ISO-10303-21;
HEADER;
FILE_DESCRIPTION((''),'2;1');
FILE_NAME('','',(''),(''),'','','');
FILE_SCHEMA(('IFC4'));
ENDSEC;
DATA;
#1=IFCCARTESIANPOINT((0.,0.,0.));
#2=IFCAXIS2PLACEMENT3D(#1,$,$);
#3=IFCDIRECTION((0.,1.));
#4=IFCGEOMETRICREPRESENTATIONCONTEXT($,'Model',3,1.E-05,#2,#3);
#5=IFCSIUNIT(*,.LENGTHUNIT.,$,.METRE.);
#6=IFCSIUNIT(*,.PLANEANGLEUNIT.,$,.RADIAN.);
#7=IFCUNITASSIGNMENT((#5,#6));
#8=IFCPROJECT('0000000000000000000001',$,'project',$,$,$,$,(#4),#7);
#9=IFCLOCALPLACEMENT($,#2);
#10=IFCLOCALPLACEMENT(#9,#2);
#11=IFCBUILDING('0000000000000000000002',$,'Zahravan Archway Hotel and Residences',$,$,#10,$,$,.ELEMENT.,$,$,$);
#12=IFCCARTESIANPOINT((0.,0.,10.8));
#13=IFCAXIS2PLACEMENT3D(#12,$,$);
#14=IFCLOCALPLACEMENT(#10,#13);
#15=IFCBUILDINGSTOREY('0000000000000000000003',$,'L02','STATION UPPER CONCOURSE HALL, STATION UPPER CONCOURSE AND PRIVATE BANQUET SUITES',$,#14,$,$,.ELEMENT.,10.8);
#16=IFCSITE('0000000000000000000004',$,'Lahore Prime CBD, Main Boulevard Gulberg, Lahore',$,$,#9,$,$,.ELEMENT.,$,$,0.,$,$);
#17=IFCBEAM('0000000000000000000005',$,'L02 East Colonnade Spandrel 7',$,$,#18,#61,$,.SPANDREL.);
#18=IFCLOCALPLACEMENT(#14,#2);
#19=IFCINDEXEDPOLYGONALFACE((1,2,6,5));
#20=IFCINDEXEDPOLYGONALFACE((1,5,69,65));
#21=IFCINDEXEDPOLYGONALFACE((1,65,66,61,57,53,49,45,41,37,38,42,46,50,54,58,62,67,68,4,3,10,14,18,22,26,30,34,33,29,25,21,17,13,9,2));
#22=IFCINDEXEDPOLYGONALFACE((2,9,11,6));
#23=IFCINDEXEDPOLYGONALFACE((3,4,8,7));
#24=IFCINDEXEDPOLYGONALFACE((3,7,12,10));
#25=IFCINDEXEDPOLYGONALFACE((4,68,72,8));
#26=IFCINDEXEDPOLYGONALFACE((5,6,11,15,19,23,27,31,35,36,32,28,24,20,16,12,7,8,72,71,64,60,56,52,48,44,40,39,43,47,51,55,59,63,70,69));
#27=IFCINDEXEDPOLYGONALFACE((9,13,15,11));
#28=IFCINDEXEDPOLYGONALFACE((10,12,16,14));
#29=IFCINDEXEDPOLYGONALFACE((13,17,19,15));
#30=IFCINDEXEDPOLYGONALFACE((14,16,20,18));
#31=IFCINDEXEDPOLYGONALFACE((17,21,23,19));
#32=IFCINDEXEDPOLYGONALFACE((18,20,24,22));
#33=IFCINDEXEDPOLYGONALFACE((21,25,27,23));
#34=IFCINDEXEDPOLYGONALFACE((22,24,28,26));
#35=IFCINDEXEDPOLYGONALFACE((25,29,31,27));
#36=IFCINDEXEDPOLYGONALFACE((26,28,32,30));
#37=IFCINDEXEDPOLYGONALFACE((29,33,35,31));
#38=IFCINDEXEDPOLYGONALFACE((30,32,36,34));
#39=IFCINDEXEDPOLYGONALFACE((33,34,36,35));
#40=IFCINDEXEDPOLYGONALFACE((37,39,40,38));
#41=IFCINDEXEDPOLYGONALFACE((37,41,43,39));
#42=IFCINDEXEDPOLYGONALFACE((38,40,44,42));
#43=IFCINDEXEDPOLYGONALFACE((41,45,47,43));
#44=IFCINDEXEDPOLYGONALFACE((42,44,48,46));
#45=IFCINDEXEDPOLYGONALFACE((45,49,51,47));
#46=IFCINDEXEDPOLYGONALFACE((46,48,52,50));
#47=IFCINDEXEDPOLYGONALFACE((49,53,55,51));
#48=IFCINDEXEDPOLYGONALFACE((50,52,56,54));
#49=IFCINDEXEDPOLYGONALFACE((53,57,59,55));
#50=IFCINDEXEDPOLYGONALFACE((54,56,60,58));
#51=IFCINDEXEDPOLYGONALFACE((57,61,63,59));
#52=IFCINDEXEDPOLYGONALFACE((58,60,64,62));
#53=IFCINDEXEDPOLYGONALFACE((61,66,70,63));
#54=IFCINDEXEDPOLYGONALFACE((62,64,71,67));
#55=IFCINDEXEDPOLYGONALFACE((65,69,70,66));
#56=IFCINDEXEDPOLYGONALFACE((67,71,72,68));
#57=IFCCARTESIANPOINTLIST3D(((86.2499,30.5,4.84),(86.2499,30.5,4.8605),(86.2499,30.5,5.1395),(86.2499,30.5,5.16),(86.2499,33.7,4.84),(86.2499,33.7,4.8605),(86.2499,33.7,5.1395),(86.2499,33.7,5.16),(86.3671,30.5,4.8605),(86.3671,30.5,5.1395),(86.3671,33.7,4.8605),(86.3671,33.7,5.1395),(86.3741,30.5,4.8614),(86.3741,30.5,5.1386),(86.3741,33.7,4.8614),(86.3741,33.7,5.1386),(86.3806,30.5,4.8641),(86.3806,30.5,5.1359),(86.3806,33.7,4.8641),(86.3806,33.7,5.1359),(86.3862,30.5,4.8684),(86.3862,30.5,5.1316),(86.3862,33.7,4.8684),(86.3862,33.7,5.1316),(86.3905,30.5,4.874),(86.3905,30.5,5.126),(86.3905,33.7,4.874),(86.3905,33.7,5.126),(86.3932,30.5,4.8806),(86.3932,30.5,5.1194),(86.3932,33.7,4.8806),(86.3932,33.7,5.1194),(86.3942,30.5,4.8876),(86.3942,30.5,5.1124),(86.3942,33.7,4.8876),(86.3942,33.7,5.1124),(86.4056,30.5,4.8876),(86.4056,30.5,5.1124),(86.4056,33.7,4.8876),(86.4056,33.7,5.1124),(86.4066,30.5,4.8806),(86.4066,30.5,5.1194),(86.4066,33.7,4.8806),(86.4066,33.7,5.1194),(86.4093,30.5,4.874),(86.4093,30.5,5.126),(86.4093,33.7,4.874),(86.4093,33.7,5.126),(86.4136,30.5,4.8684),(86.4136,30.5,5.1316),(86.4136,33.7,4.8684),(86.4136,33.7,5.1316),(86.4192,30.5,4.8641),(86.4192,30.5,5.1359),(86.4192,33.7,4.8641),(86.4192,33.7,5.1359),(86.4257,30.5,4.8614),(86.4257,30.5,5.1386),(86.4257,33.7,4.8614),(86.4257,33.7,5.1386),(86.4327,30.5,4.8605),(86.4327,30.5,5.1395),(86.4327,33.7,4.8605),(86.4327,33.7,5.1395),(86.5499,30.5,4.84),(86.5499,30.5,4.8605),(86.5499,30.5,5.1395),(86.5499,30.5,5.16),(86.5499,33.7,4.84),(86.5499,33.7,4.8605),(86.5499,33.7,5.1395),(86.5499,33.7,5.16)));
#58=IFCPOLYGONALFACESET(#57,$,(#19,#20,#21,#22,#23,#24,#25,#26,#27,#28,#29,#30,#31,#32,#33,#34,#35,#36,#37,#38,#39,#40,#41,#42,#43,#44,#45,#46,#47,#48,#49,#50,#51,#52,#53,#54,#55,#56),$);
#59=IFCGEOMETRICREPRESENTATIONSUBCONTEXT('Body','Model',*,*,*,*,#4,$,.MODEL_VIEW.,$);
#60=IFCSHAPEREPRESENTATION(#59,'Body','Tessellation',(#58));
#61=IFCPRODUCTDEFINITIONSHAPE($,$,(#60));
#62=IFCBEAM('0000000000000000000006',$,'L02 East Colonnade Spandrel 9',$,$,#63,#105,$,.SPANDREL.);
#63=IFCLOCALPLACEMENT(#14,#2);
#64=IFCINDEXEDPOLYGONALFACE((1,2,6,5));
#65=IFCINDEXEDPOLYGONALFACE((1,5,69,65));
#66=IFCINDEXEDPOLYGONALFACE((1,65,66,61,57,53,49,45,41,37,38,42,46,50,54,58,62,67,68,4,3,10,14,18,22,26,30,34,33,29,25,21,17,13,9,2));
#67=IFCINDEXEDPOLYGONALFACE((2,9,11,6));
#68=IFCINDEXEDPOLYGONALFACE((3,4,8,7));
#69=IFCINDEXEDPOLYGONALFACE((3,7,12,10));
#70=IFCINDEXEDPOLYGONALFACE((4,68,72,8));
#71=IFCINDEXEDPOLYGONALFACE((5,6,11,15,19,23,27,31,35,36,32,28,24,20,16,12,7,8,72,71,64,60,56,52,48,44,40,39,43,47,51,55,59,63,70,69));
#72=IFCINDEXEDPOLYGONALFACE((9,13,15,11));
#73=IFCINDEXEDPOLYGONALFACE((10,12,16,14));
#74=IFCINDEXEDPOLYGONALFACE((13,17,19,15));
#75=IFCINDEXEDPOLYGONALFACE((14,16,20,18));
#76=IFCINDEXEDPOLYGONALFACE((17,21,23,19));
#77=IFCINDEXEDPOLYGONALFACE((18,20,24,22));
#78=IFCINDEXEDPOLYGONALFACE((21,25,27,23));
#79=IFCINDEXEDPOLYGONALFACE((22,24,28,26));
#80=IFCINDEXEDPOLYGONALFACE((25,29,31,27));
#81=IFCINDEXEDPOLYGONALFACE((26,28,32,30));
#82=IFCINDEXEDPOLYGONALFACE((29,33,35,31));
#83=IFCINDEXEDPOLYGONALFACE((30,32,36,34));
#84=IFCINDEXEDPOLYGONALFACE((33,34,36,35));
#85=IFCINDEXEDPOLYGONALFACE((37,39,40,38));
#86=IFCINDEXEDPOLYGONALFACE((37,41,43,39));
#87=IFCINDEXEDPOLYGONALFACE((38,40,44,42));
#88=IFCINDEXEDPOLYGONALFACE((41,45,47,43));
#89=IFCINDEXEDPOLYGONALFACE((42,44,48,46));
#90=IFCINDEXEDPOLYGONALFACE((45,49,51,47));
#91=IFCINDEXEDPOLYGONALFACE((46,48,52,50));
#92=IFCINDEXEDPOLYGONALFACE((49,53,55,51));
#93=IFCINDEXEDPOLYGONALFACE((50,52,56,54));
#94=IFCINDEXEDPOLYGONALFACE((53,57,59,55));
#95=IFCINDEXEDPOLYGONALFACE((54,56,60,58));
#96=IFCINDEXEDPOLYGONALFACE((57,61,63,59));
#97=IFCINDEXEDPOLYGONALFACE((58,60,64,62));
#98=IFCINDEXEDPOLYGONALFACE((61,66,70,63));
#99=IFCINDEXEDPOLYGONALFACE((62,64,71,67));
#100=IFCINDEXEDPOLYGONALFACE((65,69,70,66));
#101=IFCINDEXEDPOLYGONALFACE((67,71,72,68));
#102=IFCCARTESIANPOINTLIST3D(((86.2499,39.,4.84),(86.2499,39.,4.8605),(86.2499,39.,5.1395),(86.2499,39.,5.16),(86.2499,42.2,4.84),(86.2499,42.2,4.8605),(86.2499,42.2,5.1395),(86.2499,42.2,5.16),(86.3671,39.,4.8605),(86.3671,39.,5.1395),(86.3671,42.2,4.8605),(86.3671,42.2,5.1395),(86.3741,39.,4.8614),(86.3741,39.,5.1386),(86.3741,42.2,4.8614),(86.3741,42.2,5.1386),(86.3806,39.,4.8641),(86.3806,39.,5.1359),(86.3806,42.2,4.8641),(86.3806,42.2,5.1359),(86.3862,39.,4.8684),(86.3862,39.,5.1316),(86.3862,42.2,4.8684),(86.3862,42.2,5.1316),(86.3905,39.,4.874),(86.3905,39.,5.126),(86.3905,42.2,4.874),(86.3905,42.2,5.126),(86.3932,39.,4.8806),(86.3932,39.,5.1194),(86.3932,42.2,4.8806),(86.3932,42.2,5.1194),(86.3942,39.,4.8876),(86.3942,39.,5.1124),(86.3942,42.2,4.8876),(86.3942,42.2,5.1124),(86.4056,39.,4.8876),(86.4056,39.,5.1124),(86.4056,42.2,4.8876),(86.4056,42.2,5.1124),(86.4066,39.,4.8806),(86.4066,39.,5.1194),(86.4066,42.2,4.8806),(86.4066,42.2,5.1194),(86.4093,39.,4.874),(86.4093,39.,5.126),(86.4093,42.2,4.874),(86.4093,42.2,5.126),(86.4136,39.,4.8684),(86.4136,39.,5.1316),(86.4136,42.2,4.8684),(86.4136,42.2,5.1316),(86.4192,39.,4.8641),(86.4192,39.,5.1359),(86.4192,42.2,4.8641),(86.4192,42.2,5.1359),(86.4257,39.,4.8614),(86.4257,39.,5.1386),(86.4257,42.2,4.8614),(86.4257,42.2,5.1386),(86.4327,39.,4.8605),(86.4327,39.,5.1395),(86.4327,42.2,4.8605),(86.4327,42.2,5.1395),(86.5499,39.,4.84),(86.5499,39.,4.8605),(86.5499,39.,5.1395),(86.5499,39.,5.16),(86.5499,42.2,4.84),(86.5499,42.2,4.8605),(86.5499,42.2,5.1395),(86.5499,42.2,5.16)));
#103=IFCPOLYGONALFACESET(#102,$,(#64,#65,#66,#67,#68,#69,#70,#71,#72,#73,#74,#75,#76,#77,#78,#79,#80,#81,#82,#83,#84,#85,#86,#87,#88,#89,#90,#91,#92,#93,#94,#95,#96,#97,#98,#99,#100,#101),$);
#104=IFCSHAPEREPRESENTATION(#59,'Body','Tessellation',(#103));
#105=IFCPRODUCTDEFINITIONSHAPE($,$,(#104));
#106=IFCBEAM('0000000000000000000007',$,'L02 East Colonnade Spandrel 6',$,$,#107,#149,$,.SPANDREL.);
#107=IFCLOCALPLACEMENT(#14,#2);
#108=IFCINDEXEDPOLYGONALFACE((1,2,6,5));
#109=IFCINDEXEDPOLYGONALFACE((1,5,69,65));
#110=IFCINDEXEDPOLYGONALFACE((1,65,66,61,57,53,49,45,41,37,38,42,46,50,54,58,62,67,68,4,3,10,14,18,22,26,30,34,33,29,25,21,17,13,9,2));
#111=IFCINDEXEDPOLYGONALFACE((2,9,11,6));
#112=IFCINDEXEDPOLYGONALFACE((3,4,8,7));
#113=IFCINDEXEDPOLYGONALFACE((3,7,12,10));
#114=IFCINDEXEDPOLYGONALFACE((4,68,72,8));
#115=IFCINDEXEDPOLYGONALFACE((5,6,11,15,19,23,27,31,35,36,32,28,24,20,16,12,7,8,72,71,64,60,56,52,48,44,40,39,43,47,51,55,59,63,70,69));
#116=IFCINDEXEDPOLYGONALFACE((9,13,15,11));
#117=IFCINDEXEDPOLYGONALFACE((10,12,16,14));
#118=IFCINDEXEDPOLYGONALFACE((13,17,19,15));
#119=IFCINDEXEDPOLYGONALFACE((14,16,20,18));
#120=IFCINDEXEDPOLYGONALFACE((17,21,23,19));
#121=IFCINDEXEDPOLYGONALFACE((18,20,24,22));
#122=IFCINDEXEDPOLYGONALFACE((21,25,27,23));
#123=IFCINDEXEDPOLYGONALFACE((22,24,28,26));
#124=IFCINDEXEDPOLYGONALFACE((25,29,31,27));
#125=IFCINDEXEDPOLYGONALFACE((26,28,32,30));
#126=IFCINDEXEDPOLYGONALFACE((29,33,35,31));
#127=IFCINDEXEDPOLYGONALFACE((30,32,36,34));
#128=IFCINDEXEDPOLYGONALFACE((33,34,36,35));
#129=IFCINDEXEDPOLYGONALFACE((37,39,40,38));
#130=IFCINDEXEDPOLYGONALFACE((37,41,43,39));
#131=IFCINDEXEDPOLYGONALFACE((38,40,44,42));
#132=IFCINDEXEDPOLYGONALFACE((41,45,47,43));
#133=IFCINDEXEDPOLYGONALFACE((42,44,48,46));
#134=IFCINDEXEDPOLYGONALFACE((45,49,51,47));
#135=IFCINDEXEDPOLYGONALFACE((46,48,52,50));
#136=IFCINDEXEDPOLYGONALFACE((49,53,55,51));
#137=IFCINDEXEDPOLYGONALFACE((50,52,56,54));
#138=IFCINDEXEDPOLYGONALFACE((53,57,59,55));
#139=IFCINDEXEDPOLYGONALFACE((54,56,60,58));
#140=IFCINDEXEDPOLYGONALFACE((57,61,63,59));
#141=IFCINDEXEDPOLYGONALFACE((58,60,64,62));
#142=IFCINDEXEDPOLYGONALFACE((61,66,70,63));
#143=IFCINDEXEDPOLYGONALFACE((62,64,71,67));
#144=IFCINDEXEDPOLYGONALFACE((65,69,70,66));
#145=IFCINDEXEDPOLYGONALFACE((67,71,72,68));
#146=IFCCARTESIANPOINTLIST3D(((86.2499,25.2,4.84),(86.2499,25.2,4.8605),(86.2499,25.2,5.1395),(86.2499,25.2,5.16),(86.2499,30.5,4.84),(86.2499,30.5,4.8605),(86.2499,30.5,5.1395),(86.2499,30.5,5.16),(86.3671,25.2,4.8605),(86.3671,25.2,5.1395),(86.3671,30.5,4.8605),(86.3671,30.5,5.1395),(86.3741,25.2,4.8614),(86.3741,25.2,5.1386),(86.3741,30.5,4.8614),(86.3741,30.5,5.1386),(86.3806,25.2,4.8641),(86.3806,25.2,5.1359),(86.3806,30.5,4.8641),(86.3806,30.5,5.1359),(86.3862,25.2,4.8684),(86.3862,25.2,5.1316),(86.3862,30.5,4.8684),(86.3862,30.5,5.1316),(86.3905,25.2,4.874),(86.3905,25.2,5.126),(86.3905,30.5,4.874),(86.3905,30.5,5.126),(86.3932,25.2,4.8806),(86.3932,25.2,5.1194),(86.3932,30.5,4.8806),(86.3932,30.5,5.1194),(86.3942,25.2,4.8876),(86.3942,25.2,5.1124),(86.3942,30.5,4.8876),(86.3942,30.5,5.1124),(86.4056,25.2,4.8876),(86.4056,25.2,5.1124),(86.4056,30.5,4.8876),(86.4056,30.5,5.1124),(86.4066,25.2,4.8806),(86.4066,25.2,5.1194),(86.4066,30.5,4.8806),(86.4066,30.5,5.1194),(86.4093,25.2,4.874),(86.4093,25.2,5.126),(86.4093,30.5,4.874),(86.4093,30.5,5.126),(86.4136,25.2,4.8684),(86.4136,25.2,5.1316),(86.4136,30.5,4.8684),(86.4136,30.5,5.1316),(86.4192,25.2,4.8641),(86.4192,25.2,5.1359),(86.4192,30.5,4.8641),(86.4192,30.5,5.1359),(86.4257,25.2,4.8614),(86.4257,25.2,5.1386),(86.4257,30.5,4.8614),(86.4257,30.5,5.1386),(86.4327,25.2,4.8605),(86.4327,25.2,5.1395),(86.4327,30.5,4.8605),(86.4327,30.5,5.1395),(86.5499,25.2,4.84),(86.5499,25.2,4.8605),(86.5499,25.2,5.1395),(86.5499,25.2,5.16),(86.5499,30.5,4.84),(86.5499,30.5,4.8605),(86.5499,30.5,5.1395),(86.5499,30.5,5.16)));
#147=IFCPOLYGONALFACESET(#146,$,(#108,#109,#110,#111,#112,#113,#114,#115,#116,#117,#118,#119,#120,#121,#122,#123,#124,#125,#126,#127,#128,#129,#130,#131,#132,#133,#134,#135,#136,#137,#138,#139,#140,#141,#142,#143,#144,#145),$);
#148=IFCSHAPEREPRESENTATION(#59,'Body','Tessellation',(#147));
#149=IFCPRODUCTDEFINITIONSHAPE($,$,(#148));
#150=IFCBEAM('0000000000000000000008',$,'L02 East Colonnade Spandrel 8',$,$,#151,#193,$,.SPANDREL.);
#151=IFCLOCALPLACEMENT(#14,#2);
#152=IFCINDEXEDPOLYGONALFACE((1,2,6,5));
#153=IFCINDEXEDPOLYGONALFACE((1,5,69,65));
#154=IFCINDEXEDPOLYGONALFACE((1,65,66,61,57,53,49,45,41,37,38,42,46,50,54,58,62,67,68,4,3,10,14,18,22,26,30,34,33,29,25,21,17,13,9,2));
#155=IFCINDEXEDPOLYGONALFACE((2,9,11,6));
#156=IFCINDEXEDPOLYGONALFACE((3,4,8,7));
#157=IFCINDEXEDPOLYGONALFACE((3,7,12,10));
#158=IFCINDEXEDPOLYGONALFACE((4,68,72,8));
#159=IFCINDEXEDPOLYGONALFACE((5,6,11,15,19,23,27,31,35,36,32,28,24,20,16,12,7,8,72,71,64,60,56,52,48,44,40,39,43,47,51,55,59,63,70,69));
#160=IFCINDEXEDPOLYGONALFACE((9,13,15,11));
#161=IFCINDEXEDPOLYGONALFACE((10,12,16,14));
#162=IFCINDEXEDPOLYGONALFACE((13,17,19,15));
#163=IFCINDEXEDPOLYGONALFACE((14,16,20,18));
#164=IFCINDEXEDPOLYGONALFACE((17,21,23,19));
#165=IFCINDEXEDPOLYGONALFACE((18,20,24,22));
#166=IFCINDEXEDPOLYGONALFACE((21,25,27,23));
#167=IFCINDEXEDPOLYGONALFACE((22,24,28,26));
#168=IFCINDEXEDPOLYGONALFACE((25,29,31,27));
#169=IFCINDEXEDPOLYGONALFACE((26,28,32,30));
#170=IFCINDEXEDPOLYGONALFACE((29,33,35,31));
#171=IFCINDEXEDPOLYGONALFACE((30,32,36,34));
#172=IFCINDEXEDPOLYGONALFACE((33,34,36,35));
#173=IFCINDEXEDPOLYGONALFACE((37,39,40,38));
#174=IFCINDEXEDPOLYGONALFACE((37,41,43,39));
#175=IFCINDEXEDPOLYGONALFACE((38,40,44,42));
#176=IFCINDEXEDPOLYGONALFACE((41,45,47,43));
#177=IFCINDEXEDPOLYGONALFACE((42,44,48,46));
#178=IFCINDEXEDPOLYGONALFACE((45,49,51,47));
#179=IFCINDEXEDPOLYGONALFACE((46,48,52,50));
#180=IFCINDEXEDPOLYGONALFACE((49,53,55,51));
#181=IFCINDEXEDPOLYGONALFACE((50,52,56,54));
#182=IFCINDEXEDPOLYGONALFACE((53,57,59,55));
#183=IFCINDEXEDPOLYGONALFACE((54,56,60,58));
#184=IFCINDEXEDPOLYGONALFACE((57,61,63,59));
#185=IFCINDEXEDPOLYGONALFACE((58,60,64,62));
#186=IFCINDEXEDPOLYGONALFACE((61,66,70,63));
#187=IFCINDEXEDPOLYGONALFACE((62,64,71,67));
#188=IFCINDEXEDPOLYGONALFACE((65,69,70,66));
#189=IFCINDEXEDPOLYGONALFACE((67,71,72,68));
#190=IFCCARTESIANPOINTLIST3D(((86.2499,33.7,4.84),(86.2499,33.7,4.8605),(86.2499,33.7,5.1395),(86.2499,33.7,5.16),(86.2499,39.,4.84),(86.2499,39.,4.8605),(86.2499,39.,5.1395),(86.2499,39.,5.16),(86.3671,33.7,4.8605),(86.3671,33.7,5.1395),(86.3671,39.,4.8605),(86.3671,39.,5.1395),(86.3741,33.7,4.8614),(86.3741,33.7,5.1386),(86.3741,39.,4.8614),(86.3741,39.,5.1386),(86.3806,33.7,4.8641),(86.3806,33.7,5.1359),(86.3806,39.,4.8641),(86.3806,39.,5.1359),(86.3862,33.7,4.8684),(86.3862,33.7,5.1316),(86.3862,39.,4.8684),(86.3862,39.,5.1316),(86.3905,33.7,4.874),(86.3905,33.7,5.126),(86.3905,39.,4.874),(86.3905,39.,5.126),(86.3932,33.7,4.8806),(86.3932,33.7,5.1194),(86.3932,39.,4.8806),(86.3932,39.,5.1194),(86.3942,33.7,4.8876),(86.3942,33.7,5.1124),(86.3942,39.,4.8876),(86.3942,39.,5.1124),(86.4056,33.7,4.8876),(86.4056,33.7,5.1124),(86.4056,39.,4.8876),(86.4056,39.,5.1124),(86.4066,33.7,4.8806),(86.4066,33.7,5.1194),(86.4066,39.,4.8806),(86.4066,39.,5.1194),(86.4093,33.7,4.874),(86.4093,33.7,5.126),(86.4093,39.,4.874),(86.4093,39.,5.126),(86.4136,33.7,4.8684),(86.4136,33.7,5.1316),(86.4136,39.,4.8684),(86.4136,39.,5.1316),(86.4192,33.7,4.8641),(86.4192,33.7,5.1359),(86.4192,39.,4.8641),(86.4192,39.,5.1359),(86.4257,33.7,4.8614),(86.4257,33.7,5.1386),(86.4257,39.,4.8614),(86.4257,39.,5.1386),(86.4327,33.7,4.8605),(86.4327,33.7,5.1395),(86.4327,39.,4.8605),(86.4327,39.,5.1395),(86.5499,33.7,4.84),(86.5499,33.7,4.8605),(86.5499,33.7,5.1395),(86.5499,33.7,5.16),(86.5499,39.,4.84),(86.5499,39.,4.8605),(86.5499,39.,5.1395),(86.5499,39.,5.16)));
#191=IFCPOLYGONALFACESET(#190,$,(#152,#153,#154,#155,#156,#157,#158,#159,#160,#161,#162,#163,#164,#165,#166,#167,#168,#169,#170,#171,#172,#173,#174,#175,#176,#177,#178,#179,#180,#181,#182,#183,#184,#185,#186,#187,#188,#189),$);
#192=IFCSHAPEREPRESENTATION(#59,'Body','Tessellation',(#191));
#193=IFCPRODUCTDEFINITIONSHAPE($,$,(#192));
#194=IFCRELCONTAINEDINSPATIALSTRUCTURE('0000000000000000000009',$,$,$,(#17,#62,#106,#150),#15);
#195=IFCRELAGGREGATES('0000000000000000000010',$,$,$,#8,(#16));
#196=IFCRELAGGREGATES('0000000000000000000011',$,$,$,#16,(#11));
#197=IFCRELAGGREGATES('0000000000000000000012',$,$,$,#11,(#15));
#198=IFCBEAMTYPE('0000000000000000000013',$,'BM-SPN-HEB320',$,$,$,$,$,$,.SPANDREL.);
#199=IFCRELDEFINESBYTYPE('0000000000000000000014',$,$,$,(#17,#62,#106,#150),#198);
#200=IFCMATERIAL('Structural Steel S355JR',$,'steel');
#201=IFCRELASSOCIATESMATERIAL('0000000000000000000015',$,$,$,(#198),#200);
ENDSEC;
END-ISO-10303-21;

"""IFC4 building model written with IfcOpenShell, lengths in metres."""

from ifc_helpers import new_model, si_unit, direction, frame, origin, origin_2d, place, context, subcontext, project, spatial, i_section, extrude, source, transform, mapped, material, material_profile, profile_set, type_object, element, save


model = new_model("IFC4")

# Units and contexts
model_context = context("Model", 3, precision=1e-05, world=origin(), true_north=direction((0.0, 1.0)))
body_context = subcontext(model_context, "Body", "Model", "MODEL_VIEW")
ifc_project = project(units=[si_unit("LENGTHUNIT", "METRE"), si_unit("PLANEANGLEUNIT", "RADIAN")], contexts=[model_context])

# Site, building, storey
site_placement = place(None, origin())
site = spatial("IfcSite", under=ifc_project, at=site_placement, Name="Lahore Prime CBD, Main Boulevard Gulberg, Lahore", CompositionType="ELEMENT", RefElevation=0.0)
building_placement = place(site_placement, origin())
building = spatial("IfcBuilding", under=site, at=building_placement, Name="Zahravan Archway Hotel and Residences", CompositionType="ELEMENT")
storey_placement = place(building_placement, frame((0.0, 0.0, 10.8)))
storey = spatial("IfcBuildingStorey", under=building, at=storey_placement, Name="L02", Description="STATION UPPER CONCOURSE HALL, STATION UPPER CONCOURSE AND PRIVATE BANQUET SUITES", CompositionType="ELEMENT", Elevation=10.8)

# Beams
ifc_material_1 = material(Name="Structural Steel S355JR", Category="steel")
ifc_material_profile_1 = material_profile(ifc_material_1, i_section(OverallWidth=0.3, OverallDepth=0.3201, WebThickness=0.0115, FlangeThickness=0.0205, FilletRadius=0.0271, at=origin_2d()), Name="HEB 320", Category="steel")
ifc_profile_set_1 = profile_set([ifc_material_profile_1], Name="Structural Steel S355JR")
beam_type_1 = type_object("IfcBeamType", Name="BM-SPN-HEB320", PredefinedType="SPANDREL", material=ifc_profile_set_1)
shared_shape_1 = source(origin(), body_context, "Body", "SweptSolid", [
    extrude(i_section(OverallWidth=0.3, OverallDepth=0.3201, WebThickness=0.0115, FlangeThickness=0.0205, FilletRadius=0.0271, at=origin_2d()), origin(), (0.0, 0.0, 1.0), 3.2),
])
for number, where, z_axis, x_axis, name in (
    (1, (86.3999, 30.5, 5.0), (0.0, 1.0, 0.0), (-1.0, 0.0, 0.0), "L02 East Colonnade Spandrel 7"),
    (2, (86.3999, 39.0, 5.0), (0.0, 1.0, 0.0), (-1.0, 0.0, 0.0), "L02 East Colonnade Spandrel 9"),
):
    element("IfcBeam", number, at=place(storey_placement, frame(where, z_axis=z_axis, x_axis=x_axis)), inside=storey, type_object=beam_type_1, Name=name, PredefinedType="SPANDREL", context=body_context, shape_type="MappedRepresentation", body=[
        mapped(shared_shape_1, transform((0.0, 0.0, 0.0), scale=1.0)),
    ])
shared_shape_2 = source(origin(), body_context, "Body", "SweptSolid", [
    extrude(i_section(OverallWidth=0.3, OverallDepth=0.3201, WebThickness=0.0115, FlangeThickness=0.0205, FilletRadius=0.0271, at=origin_2d()), origin(), (0.0, 0.0, 1.0), 5.3),
])
for number, where, z_axis, x_axis, name in (
    (3, (86.3999, 25.2, 5.0), (0.0, 1.0, 0.0), (-1.0, 0.0, 0.0), "L02 East Colonnade Spandrel 6"),
    (4, (86.3999, 33.7, 5.0), (0.0, 1.0, 0.0), (-1.0, 0.0, 0.0), "L02 East Colonnade Spandrel 8"),
):
    element("IfcBeam", number, at=place(storey_placement, frame(where, z_axis=z_axis, x_axis=x_axis)), inside=storey, type_object=beam_type_1, Name=name, PredefinedType="SPANDREL", context=body_context, shape_type="MappedRepresentation", body=[
        mapped(shared_shape_2, transform((0.0, 0.0, 0.0), scale=1.0)),
    ])

save(model, "model.ifc")
